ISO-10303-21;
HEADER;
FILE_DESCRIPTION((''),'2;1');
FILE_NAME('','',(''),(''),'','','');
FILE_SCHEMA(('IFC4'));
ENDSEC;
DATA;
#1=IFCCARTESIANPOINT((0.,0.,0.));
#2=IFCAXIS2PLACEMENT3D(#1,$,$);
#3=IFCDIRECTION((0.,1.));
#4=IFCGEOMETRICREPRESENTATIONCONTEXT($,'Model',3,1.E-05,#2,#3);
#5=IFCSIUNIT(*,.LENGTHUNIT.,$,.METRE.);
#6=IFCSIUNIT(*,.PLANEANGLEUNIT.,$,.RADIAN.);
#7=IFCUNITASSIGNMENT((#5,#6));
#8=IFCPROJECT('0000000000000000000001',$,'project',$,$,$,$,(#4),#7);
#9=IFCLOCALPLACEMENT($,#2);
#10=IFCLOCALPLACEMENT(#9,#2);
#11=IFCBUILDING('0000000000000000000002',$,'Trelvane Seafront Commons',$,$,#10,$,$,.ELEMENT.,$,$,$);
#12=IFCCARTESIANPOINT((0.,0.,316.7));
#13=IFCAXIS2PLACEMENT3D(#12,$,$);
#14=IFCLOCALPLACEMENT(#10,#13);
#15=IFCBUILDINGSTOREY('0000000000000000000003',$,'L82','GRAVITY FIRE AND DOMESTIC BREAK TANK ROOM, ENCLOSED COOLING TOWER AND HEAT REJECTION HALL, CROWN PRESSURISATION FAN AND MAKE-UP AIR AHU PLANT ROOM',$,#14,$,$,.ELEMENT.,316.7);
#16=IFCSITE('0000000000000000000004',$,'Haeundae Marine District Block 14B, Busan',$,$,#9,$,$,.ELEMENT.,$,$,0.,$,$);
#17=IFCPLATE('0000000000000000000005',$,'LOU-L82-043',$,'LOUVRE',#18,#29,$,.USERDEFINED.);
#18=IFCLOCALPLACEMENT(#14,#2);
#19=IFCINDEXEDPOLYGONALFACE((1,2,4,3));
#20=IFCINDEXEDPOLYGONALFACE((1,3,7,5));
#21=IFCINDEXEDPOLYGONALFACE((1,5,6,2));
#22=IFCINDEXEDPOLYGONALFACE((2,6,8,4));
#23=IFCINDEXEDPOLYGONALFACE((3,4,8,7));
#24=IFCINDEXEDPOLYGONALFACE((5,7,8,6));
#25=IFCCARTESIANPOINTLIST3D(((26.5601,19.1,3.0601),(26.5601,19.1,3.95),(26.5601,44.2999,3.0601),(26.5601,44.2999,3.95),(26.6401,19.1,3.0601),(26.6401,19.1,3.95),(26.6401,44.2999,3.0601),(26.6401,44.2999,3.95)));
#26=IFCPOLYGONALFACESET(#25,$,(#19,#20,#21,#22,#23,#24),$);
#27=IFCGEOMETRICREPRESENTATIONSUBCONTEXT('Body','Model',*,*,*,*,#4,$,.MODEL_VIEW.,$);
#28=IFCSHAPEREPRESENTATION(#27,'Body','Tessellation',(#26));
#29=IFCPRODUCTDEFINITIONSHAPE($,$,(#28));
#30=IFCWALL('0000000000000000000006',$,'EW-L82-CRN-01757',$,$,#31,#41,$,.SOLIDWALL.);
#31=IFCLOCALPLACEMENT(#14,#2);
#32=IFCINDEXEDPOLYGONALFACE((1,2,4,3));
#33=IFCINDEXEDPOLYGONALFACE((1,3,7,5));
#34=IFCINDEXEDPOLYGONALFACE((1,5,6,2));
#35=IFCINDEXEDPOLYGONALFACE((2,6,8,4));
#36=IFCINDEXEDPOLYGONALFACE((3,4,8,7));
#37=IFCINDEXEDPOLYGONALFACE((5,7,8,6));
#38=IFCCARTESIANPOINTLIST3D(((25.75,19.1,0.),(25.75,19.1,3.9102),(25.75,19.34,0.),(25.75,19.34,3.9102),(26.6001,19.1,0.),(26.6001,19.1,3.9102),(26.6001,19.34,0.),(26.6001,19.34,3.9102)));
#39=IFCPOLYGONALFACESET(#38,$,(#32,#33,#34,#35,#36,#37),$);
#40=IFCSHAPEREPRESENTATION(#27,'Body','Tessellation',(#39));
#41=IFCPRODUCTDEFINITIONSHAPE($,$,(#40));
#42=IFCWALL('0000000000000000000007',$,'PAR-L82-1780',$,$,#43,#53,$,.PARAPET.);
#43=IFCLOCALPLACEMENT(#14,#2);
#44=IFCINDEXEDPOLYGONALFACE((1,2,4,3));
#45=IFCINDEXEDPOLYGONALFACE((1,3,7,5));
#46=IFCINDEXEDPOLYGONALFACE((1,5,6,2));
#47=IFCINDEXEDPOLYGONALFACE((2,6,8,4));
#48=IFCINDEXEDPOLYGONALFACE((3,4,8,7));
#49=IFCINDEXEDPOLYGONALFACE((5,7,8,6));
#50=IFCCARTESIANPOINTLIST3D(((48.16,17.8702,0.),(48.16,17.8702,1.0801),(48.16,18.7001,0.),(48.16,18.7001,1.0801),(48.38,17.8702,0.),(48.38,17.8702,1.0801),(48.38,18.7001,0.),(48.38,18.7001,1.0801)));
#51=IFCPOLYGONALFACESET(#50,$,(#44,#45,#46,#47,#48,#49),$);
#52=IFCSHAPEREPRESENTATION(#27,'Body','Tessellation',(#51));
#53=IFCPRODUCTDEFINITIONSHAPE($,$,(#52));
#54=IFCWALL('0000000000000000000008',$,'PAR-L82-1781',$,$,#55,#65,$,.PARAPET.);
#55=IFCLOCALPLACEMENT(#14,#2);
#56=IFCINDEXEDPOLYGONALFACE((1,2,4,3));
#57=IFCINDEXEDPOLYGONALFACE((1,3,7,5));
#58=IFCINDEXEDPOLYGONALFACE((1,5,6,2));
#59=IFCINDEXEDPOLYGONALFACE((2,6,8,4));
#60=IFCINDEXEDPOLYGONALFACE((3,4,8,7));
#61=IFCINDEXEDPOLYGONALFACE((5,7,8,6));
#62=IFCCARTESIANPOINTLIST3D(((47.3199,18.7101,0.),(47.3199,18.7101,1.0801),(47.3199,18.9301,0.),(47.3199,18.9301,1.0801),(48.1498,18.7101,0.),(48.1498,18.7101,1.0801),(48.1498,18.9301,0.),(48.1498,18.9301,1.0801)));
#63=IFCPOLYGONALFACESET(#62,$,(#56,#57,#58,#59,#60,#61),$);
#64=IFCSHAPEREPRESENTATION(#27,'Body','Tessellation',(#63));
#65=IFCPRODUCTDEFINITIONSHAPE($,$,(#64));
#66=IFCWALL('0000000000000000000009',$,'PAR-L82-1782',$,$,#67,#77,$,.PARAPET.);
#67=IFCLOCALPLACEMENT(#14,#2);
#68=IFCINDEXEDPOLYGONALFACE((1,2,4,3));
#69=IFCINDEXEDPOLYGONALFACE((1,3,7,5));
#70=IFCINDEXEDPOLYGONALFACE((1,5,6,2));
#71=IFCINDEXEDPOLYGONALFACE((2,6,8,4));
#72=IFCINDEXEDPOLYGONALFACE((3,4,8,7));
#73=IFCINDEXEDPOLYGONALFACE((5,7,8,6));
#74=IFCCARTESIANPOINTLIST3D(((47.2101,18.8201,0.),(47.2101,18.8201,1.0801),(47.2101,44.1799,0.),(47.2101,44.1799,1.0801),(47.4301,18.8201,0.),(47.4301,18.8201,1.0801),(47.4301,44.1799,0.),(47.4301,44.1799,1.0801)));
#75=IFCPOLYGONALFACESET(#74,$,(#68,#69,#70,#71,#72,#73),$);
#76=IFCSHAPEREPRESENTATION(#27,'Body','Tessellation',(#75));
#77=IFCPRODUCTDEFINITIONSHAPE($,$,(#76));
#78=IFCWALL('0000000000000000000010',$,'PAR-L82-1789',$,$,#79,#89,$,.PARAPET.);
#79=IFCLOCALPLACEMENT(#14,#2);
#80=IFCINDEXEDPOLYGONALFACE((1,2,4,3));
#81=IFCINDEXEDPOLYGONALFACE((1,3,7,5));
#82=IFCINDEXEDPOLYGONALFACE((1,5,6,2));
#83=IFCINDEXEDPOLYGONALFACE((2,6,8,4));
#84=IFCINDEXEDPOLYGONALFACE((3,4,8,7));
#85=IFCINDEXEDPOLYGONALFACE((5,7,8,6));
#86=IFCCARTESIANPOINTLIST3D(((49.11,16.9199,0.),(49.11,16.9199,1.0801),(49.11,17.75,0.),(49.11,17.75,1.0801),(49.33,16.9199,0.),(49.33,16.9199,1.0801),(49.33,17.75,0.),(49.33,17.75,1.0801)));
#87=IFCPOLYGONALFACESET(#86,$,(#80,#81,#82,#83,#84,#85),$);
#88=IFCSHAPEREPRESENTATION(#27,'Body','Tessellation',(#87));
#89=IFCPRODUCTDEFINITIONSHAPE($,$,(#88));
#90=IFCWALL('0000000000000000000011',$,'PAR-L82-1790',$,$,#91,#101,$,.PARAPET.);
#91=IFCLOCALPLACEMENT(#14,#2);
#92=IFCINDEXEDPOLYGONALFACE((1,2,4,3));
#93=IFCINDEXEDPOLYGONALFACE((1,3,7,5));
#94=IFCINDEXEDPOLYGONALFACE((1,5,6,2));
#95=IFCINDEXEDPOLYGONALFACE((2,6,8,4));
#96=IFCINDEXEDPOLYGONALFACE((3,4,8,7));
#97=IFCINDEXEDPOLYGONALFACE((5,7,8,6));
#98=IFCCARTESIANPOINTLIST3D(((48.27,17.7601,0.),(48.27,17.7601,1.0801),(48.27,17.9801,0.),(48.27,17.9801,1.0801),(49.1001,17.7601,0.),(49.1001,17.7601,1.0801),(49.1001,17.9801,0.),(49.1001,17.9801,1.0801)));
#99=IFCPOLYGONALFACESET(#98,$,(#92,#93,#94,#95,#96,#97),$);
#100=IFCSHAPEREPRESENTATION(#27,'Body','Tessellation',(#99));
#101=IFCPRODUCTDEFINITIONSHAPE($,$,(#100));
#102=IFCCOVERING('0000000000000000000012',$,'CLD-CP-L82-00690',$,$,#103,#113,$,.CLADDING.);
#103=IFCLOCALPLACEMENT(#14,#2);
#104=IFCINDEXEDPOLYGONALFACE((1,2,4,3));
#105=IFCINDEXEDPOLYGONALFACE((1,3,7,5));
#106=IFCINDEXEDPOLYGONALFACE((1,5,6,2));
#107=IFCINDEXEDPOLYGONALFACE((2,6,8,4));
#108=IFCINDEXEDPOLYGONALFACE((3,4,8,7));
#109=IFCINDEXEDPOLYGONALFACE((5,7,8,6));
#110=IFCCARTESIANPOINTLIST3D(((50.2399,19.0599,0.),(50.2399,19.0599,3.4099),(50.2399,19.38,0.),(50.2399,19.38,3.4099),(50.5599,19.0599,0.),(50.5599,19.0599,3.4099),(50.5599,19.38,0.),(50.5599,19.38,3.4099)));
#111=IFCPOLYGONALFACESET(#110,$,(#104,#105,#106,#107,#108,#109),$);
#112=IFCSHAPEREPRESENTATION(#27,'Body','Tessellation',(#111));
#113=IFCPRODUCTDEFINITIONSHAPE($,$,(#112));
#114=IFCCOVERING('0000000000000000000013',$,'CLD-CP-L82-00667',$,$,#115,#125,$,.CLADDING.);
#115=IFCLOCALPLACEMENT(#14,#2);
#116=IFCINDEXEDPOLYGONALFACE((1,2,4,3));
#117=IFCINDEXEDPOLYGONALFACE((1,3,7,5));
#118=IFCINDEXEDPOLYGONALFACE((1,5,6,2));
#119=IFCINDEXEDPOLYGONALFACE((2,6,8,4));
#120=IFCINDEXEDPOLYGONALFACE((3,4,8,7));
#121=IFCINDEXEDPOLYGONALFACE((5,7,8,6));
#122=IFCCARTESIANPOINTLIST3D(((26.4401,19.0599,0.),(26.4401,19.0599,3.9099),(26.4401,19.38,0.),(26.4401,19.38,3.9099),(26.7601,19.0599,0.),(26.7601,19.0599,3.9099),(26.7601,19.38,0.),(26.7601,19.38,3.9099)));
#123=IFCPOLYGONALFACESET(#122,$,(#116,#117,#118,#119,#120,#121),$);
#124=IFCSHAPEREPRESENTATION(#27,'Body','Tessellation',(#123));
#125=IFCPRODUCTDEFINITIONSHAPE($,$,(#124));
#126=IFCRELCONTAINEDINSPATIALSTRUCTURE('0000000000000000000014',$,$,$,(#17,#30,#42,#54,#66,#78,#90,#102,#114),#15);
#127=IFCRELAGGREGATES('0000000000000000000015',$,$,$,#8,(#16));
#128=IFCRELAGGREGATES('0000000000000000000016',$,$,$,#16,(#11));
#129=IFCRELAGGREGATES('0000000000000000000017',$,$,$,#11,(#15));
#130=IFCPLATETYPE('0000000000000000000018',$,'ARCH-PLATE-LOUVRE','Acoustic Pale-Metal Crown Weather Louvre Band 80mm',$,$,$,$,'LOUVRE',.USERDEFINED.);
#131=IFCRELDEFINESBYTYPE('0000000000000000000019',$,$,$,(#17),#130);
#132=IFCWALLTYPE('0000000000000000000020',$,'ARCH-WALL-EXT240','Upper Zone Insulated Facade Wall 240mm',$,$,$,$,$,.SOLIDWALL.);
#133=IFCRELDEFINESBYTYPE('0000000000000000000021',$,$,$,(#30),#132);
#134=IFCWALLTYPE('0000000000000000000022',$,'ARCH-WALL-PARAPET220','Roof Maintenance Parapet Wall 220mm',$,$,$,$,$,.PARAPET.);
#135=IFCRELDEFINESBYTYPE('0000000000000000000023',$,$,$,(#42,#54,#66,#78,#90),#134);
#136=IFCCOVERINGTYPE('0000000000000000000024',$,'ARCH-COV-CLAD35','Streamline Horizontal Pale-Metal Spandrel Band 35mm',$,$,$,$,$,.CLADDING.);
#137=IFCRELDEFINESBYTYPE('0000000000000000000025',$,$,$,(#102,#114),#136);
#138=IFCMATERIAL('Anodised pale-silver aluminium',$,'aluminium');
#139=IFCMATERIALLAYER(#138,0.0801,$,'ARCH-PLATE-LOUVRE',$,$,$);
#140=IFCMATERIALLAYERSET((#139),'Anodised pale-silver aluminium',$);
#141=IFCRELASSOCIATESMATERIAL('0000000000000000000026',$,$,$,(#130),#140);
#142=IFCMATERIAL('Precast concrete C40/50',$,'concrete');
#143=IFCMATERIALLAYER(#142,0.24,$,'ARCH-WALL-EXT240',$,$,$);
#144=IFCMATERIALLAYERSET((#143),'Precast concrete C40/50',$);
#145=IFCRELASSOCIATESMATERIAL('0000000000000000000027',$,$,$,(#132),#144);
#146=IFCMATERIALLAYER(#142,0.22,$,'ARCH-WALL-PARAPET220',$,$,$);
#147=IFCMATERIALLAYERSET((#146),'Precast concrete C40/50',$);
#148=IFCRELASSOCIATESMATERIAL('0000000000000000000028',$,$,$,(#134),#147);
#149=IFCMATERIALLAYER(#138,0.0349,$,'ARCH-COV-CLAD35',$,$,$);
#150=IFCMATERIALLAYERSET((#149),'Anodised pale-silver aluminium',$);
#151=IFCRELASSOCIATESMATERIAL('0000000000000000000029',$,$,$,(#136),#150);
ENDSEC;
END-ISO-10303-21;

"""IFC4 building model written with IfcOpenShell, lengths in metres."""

from ifc_helpers import new_model, si_unit, direction, frame, frame_2d, origin, origin_2d, place, context, subcontext, project, spatial, rectangle, extrude, source, transform, mapped, material, layer, layer_set, type_object, element, save


model = new_model("IFC4")

# Units and contexts
model_context = context("Model", 3, precision=1e-05, world=origin(), true_north=direction((0.0, 1.0)))
body_context = subcontext(model_context, "Body", "Model", "MODEL_VIEW")
ifc_project = project(units=[si_unit("LENGTHUNIT", "METRE"), si_unit("PLANEANGLEUNIT", "RADIAN")], contexts=[model_context])

# Site, building, storey
site_placement = place(None, origin())
site = spatial("IfcSite", under=ifc_project, at=site_placement, Name="Haeundae Marine District Block 14B, Busan", CompositionType="ELEMENT", RefElevation=0.0)
building_placement = place(site_placement, origin())
building = spatial("IfcBuilding", under=site, at=building_placement, Name="Trelvane Seafront Commons", CompositionType="ELEMENT")
storey_placement = place(building_placement, frame((0.0, 0.0, 316.7)))
storey = spatial("IfcBuildingStorey", under=building, at=storey_placement, Name="L82", Description="GRAVITY FIRE AND DOMESTIC BREAK TANK ROOM, ENCLOSED COOLING TOWER AND HEAT REJECTION HALL, CROWN PRESSURISATION FAN AND MAKE-UP AIR AHU PLANT ROOM", CompositionType="ELEMENT", Elevation=316.7)

# Shared definitions
ifc_material_1 = material(Name="Anodised pale-silver aluminium", Category="aluminium")

# Plate
ifc_layer_1 = layer(ifc_material_1, 0.0801, Name="ARCH-PLATE-LOUVRE")
ifc_layer_set_1 = layer_set([ifc_layer_1], Name="Anodised pale-silver aluminium")
plate_type_1 = type_object("IfcPlateType", Name="ARCH-PLATE-LOUVRE", Description="Acoustic Pale-Metal Crown Weather Louvre Band 80mm", ElementType="LOUVRE", PredefinedType="USERDEFINED", material=ifc_layer_set_1)
shared_shape_1 = source(origin(), body_context, "Body", "SweptSolid", [
    extrude(rectangle(XDim=25.2, YDim=0.0801, at=origin_2d()), origin(), (0.0, 0.0, 1.0), 0.8899),
])
plate_1_placement = place(storey_placement, frame((26.6001, 31.7, 3.0601), z_axis=(0.0, 0.0, 1.0), x_axis=(0.0, -1.0, 0.0)))
element("IfcPlate", 1, at=plate_1_placement, inside=storey, type_object=plate_type_1, Name="LOU-L82-043", ObjectType="LOUVRE", PredefinedType="USERDEFINED", context=body_context, shape_type="MappedRepresentation", body=[
    mapped(shared_shape_1, transform((0.0, 0.0, 0.0), x_axis=(1.0, 0.0, 0.0), y_axis=(0.0, 1.0, 0.0), z_axis=(0.0, 0.0, 1.0), scale=1.0)),
])

# Walls
ifc_material_2 = material(Name="Precast concrete C40/50", Category="concrete")
ifc_layer_2 = layer(ifc_material_2, 0.24, Name="ARCH-WALL-EXT240")
ifc_layer_set_2 = layer_set([ifc_layer_2], Name="Precast concrete C40/50")
wall_type_1 = type_object("IfcWallType", Name="ARCH-WALL-EXT240", Description="Upper Zone Insulated Facade Wall 240mm", PredefinedType="SOLIDWALL", material=ifc_layer_set_2)
wall_1_placement = place(storey_placement, frame((26.6001, 19.22, 0.0), z_axis=(0.0, 0.0, 1.0), x_axis=(-1.0, 0.0, 0.0)))
element("IfcWall", 2, at=wall_1_placement, inside=storey, type_object=wall_type_1, Name="EW-L82-CRN-01757", PredefinedType="SOLIDWALL", context=body_context, shape_type="SweptSolid", body=[
    extrude(rectangle(XDim=0.8501, YDim=0.24, at=frame_2d((0.425, 0.0))), origin(), (0.0, 0.0, 1.0), 3.9102),
])
ifc_layer_3 = layer(ifc_material_2, 0.22, Name="ARCH-WALL-PARAPET220")
ifc_layer_set_3 = layer_set([ifc_layer_3], Name="Precast concrete C40/50")
wall_type_2 = type_object("IfcWallType", Name="ARCH-WALL-PARAPET220", Description="Roof Maintenance Parapet Wall 220mm", PredefinedType="PARAPET", material=ifc_layer_set_3)
for number, where, z_axis, x_axis, name in (
    (3, (48.27, 17.8701, 0.0), (0.0, 0.0, 1.0), (0.0, 1.0, 0.0), "PAR-L82-1780"),
    (4, (48.1499, 18.8201, 0.0), (0.0, 0.0, 1.0), (-1.0, 0.0, 0.0), "PAR-L82-1781"),
):
    element("IfcWall", number, at=place(storey_placement, frame(where, z_axis=z_axis, x_axis=x_axis)), inside=storey, type_object=wall_type_2, Name=name, PredefinedType="PARAPET", context=body_context, shape_type="SweptSolid", body=[
        extrude(rectangle(XDim=0.8298, YDim=0.22, at=frame_2d((0.415, 0.0))), origin(), (0.0, 0.0, 1.0), 1.0801),
    ])
wall_2_placement = place(storey_placement, frame((47.3201, 18.8201, 0.0), z_axis=(0.0, 0.0, 1.0), x_axis=(0.0, 1.0, 0.0)))
element("IfcWall", 5, at=wall_2_placement, inside=storey, type_object=wall_type_2, Name="PAR-L82-1782", PredefinedType="PARAPET", context=body_context, shape_type="SweptSolid", body=[
    extrude(rectangle(XDim=25.3599, YDim=0.22, at=frame_2d((12.6799, 0.0))), origin(), (0.0, 0.0, 1.0), 1.0801),
])
for number, where, z_axis, x_axis, name in (
    (6, (49.22, 16.9199, 0.0), (0.0, 0.0, 1.0), (0.0, 1.0, 0.0), "PAR-L82-1789"),
    (7, (49.1001, 17.8701, 0.0), (0.0, 0.0, 1.0), (-1.0, 0.0, 0.0), "PAR-L82-1790"),
):
    element("IfcWall", number, at=place(storey_placement, frame(where, z_axis=z_axis, x_axis=x_axis)), inside=storey, type_object=wall_type_2, Name=name, PredefinedType="PARAPET", context=body_context, shape_type="SweptSolid", body=[
        extrude(rectangle(XDim=0.8301, YDim=0.22, at=frame_2d((0.415, 0.0))), origin(), (0.0, 0.0, 1.0), 1.0801),
    ])

# Coverings
ifc_layer_4 = layer(ifc_material_1, 0.0349, Name="ARCH-COV-CLAD35")
ifc_layer_set_4 = layer_set([ifc_layer_4], Name="Anodised pale-silver aluminium")
covering_type = type_object("IfcCoveringType", Name="ARCH-COV-CLAD35", Description="Streamline Horizontal Pale-Metal Spandrel Band 35mm", PredefinedType="CLADDING", material=ifc_layer_set_4)
shared_shape_2 = source(origin(), body_context, "Body", "SweptSolid", [
    extrude(rectangle(XDim=0.3201, YDim=0.3201, at=origin_2d()), origin(), (0.0, 0.0, 1.0), 3.4099),
])
covering_1_placement = place(storey_placement, frame((50.3999, 19.22, 0.0), z_axis=(0.0, 0.0, 1.0), x_axis=(1.0, 0.0, 0.0)))
element("IfcCovering", 8, at=covering_1_placement, inside=storey, type_object=covering_type, Name="CLD-CP-L82-00690", PredefinedType="CLADDING", context=body_context, shape_type="MappedRepresentation", body=[
    mapped(shared_shape_2, transform((0.0, 0.0, 0.0), x_axis=(1.0, 0.0, 0.0), y_axis=(0.0, 1.0, 0.0), z_axis=(0.0, 0.0, 1.0), scale=1.0)),
])
shared_shape_3 = source(origin(), body_context, "Body", "SweptSolid", [
    extrude(rectangle(XDim=0.3201, YDim=0.3201, at=origin_2d()), origin(), (0.0, 0.0, 1.0), 3.9099),
])
covering_2_placement = place(storey_placement, frame((26.6001, 19.22, 0.0), z_axis=(0.0, 0.0, 1.0), x_axis=(1.0, 0.0, 0.0)))
element("IfcCovering", 9, at=covering_2_placement, inside=storey, type_object=covering_type, Name="CLD-CP-L82-00667", PredefinedType="CLADDING", context=body_context, shape_type="MappedRepresentation", body=[
    mapped(shared_shape_3, transform((0.0, 0.0, 0.0), x_axis=(1.0, 0.0, 0.0), y_axis=(0.0, 1.0, 0.0), z_axis=(0.0, 0.0, 1.0), scale=1.0)),
])

save(model, "model.ifc")
